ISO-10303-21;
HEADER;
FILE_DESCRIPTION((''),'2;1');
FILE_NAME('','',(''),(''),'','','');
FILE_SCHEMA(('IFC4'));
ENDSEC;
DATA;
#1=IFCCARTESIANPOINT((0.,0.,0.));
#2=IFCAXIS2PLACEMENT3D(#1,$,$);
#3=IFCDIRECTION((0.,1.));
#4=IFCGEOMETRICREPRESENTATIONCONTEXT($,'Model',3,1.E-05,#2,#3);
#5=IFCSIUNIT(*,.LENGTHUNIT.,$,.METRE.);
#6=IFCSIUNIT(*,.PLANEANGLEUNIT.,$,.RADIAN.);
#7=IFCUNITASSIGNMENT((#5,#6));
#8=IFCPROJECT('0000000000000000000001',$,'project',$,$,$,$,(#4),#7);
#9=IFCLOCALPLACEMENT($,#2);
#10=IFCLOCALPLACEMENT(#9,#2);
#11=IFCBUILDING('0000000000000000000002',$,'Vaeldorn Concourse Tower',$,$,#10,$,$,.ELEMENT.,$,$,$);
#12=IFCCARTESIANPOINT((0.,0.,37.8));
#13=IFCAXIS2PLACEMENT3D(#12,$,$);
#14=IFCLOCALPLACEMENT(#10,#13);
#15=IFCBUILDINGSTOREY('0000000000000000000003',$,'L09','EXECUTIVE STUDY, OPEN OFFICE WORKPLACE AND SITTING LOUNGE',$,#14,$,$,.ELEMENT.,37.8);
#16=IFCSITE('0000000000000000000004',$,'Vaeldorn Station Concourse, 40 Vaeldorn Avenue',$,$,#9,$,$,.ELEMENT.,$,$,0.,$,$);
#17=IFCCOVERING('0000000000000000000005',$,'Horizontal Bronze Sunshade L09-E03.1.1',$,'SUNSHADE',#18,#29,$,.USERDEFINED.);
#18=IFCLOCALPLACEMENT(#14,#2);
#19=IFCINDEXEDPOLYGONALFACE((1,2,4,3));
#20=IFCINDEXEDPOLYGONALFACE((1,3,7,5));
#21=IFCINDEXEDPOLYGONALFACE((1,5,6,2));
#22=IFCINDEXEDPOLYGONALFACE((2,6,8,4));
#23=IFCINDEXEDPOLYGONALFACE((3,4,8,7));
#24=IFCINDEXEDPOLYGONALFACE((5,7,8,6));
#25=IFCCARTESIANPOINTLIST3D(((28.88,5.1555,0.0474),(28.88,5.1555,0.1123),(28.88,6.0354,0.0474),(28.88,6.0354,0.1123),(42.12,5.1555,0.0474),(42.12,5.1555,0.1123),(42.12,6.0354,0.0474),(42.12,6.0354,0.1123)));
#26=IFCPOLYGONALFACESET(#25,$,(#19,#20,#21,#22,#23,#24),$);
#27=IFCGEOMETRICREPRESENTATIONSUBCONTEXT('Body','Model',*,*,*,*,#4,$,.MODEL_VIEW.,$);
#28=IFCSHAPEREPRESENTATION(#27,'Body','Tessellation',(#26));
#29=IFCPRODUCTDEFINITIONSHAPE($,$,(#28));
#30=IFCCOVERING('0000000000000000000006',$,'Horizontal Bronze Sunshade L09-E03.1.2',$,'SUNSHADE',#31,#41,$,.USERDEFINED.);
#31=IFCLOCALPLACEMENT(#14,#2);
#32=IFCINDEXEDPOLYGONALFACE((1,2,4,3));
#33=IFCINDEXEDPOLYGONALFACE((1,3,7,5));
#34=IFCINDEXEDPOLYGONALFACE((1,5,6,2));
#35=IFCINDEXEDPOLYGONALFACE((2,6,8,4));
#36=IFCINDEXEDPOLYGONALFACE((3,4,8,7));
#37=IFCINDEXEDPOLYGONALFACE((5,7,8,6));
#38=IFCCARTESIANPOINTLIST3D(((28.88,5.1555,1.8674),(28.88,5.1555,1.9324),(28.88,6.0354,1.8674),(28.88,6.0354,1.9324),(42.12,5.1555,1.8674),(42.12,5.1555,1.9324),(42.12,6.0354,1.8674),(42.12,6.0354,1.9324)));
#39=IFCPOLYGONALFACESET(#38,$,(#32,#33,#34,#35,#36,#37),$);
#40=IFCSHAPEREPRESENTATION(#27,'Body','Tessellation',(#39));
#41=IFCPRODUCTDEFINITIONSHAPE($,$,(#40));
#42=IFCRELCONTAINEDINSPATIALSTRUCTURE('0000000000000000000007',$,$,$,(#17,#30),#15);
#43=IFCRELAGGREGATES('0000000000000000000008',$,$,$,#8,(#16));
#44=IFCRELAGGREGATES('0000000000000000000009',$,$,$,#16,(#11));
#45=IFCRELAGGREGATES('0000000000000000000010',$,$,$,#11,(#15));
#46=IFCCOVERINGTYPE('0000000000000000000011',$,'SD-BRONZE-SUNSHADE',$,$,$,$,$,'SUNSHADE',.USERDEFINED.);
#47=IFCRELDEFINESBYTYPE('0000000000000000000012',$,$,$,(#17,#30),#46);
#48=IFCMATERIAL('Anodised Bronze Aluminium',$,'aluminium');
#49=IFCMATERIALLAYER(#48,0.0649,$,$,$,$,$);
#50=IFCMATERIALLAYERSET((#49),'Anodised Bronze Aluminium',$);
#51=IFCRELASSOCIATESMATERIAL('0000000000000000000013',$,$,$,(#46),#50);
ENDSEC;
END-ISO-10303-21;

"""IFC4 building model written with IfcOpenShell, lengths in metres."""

from ifc_helpers import new_model, si_unit, direction, frame, origin, origin_2d, place, context, subcontext, project, spatial, rectangle, extrude, source, transform, mapped, material, layer, layer_set, type_object, element, save


model = new_model("IFC4")

# Units and contexts
model_context = context("Model", 3, precision=1e-05, world=origin(), true_north=direction((0.0, 1.0)))
body_context = subcontext(model_context, "Body", "Model", "MODEL_VIEW")
ifc_project = project(units=[si_unit("LENGTHUNIT", "METRE"), si_unit("PLANEANGLEUNIT", "RADIAN")], contexts=[model_context])

# Site, building, storey
site_placement = place(None, origin())
site = spatial("IfcSite", under=ifc_project, at=site_placement, Name="Vaeldorn Station Concourse, 40 Vaeldorn Avenue", CompositionType="ELEMENT", RefElevation=0.0)
building_placement = place(site_placement, origin())
building = spatial("IfcBuilding", under=site, at=building_placement, Name="Vaeldorn Concourse Tower", CompositionType="ELEMENT")
storey_placement = place(building_placement, frame((0.0, 0.0, 37.8)))
storey = spatial("IfcBuildingStorey", under=building, at=storey_placement, Name="L09", Description="EXECUTIVE STUDY, OPEN OFFICE WORKPLACE AND SITTING LOUNGE", CompositionType="ELEMENT", Elevation=37.8)

# Shared definitions
ifc_material_1 = material(Name="Anodised Bronze Aluminium", Category="aluminium")

# Coverings
ifc_layer_1 = layer(ifc_material_1, 0.0649)
ifc_layer_set_1 = layer_set([ifc_layer_1], Name="Anodised Bronze Aluminium")
covering_type = type_object("IfcCoveringType", Name="SD-BRONZE-SUNSHADE", ElementType="SUNSHADE", PredefinedType="USERDEFINED", material=ifc_layer_set_1)
shared_shape_1 = source(origin(), body_context, "Body", "SweptSolid", [
    extrude(rectangle(XDim=13.24, YDim=0.8799, at=origin_2d()), origin(), (0.0, 0.0, 1.0), 0.0649),
])
for number, where, z_axis, x_axis, name in (
    (1, (35.5, 5.5955, 0.0474), (0.0, 0.0, 1.0), (1.0, 0.0, 0.0), "Horizontal Bronze Sunshade L09-E03.1.1"),
    (2, (35.5, 5.5955, 1.8674), (0.0, 0.0, 1.0), (1.0, 0.0, 0.0), "Horizontal Bronze Sunshade L09-E03.1.2"),
):
    element("IfcCovering", number, at=place(storey_placement, frame(where, z_axis=z_axis, x_axis=x_axis)), inside=storey, type_object=covering_type, Name=name, ObjectType="SUNSHADE", PredefinedType="USERDEFINED", context=body_context, shape_type="MappedRepresentation", body=[
        mapped(shared_shape_1, transform((0.0, 0.0, 0.0), scale=1.0)),
    ])

save(model, "model.ifc")
